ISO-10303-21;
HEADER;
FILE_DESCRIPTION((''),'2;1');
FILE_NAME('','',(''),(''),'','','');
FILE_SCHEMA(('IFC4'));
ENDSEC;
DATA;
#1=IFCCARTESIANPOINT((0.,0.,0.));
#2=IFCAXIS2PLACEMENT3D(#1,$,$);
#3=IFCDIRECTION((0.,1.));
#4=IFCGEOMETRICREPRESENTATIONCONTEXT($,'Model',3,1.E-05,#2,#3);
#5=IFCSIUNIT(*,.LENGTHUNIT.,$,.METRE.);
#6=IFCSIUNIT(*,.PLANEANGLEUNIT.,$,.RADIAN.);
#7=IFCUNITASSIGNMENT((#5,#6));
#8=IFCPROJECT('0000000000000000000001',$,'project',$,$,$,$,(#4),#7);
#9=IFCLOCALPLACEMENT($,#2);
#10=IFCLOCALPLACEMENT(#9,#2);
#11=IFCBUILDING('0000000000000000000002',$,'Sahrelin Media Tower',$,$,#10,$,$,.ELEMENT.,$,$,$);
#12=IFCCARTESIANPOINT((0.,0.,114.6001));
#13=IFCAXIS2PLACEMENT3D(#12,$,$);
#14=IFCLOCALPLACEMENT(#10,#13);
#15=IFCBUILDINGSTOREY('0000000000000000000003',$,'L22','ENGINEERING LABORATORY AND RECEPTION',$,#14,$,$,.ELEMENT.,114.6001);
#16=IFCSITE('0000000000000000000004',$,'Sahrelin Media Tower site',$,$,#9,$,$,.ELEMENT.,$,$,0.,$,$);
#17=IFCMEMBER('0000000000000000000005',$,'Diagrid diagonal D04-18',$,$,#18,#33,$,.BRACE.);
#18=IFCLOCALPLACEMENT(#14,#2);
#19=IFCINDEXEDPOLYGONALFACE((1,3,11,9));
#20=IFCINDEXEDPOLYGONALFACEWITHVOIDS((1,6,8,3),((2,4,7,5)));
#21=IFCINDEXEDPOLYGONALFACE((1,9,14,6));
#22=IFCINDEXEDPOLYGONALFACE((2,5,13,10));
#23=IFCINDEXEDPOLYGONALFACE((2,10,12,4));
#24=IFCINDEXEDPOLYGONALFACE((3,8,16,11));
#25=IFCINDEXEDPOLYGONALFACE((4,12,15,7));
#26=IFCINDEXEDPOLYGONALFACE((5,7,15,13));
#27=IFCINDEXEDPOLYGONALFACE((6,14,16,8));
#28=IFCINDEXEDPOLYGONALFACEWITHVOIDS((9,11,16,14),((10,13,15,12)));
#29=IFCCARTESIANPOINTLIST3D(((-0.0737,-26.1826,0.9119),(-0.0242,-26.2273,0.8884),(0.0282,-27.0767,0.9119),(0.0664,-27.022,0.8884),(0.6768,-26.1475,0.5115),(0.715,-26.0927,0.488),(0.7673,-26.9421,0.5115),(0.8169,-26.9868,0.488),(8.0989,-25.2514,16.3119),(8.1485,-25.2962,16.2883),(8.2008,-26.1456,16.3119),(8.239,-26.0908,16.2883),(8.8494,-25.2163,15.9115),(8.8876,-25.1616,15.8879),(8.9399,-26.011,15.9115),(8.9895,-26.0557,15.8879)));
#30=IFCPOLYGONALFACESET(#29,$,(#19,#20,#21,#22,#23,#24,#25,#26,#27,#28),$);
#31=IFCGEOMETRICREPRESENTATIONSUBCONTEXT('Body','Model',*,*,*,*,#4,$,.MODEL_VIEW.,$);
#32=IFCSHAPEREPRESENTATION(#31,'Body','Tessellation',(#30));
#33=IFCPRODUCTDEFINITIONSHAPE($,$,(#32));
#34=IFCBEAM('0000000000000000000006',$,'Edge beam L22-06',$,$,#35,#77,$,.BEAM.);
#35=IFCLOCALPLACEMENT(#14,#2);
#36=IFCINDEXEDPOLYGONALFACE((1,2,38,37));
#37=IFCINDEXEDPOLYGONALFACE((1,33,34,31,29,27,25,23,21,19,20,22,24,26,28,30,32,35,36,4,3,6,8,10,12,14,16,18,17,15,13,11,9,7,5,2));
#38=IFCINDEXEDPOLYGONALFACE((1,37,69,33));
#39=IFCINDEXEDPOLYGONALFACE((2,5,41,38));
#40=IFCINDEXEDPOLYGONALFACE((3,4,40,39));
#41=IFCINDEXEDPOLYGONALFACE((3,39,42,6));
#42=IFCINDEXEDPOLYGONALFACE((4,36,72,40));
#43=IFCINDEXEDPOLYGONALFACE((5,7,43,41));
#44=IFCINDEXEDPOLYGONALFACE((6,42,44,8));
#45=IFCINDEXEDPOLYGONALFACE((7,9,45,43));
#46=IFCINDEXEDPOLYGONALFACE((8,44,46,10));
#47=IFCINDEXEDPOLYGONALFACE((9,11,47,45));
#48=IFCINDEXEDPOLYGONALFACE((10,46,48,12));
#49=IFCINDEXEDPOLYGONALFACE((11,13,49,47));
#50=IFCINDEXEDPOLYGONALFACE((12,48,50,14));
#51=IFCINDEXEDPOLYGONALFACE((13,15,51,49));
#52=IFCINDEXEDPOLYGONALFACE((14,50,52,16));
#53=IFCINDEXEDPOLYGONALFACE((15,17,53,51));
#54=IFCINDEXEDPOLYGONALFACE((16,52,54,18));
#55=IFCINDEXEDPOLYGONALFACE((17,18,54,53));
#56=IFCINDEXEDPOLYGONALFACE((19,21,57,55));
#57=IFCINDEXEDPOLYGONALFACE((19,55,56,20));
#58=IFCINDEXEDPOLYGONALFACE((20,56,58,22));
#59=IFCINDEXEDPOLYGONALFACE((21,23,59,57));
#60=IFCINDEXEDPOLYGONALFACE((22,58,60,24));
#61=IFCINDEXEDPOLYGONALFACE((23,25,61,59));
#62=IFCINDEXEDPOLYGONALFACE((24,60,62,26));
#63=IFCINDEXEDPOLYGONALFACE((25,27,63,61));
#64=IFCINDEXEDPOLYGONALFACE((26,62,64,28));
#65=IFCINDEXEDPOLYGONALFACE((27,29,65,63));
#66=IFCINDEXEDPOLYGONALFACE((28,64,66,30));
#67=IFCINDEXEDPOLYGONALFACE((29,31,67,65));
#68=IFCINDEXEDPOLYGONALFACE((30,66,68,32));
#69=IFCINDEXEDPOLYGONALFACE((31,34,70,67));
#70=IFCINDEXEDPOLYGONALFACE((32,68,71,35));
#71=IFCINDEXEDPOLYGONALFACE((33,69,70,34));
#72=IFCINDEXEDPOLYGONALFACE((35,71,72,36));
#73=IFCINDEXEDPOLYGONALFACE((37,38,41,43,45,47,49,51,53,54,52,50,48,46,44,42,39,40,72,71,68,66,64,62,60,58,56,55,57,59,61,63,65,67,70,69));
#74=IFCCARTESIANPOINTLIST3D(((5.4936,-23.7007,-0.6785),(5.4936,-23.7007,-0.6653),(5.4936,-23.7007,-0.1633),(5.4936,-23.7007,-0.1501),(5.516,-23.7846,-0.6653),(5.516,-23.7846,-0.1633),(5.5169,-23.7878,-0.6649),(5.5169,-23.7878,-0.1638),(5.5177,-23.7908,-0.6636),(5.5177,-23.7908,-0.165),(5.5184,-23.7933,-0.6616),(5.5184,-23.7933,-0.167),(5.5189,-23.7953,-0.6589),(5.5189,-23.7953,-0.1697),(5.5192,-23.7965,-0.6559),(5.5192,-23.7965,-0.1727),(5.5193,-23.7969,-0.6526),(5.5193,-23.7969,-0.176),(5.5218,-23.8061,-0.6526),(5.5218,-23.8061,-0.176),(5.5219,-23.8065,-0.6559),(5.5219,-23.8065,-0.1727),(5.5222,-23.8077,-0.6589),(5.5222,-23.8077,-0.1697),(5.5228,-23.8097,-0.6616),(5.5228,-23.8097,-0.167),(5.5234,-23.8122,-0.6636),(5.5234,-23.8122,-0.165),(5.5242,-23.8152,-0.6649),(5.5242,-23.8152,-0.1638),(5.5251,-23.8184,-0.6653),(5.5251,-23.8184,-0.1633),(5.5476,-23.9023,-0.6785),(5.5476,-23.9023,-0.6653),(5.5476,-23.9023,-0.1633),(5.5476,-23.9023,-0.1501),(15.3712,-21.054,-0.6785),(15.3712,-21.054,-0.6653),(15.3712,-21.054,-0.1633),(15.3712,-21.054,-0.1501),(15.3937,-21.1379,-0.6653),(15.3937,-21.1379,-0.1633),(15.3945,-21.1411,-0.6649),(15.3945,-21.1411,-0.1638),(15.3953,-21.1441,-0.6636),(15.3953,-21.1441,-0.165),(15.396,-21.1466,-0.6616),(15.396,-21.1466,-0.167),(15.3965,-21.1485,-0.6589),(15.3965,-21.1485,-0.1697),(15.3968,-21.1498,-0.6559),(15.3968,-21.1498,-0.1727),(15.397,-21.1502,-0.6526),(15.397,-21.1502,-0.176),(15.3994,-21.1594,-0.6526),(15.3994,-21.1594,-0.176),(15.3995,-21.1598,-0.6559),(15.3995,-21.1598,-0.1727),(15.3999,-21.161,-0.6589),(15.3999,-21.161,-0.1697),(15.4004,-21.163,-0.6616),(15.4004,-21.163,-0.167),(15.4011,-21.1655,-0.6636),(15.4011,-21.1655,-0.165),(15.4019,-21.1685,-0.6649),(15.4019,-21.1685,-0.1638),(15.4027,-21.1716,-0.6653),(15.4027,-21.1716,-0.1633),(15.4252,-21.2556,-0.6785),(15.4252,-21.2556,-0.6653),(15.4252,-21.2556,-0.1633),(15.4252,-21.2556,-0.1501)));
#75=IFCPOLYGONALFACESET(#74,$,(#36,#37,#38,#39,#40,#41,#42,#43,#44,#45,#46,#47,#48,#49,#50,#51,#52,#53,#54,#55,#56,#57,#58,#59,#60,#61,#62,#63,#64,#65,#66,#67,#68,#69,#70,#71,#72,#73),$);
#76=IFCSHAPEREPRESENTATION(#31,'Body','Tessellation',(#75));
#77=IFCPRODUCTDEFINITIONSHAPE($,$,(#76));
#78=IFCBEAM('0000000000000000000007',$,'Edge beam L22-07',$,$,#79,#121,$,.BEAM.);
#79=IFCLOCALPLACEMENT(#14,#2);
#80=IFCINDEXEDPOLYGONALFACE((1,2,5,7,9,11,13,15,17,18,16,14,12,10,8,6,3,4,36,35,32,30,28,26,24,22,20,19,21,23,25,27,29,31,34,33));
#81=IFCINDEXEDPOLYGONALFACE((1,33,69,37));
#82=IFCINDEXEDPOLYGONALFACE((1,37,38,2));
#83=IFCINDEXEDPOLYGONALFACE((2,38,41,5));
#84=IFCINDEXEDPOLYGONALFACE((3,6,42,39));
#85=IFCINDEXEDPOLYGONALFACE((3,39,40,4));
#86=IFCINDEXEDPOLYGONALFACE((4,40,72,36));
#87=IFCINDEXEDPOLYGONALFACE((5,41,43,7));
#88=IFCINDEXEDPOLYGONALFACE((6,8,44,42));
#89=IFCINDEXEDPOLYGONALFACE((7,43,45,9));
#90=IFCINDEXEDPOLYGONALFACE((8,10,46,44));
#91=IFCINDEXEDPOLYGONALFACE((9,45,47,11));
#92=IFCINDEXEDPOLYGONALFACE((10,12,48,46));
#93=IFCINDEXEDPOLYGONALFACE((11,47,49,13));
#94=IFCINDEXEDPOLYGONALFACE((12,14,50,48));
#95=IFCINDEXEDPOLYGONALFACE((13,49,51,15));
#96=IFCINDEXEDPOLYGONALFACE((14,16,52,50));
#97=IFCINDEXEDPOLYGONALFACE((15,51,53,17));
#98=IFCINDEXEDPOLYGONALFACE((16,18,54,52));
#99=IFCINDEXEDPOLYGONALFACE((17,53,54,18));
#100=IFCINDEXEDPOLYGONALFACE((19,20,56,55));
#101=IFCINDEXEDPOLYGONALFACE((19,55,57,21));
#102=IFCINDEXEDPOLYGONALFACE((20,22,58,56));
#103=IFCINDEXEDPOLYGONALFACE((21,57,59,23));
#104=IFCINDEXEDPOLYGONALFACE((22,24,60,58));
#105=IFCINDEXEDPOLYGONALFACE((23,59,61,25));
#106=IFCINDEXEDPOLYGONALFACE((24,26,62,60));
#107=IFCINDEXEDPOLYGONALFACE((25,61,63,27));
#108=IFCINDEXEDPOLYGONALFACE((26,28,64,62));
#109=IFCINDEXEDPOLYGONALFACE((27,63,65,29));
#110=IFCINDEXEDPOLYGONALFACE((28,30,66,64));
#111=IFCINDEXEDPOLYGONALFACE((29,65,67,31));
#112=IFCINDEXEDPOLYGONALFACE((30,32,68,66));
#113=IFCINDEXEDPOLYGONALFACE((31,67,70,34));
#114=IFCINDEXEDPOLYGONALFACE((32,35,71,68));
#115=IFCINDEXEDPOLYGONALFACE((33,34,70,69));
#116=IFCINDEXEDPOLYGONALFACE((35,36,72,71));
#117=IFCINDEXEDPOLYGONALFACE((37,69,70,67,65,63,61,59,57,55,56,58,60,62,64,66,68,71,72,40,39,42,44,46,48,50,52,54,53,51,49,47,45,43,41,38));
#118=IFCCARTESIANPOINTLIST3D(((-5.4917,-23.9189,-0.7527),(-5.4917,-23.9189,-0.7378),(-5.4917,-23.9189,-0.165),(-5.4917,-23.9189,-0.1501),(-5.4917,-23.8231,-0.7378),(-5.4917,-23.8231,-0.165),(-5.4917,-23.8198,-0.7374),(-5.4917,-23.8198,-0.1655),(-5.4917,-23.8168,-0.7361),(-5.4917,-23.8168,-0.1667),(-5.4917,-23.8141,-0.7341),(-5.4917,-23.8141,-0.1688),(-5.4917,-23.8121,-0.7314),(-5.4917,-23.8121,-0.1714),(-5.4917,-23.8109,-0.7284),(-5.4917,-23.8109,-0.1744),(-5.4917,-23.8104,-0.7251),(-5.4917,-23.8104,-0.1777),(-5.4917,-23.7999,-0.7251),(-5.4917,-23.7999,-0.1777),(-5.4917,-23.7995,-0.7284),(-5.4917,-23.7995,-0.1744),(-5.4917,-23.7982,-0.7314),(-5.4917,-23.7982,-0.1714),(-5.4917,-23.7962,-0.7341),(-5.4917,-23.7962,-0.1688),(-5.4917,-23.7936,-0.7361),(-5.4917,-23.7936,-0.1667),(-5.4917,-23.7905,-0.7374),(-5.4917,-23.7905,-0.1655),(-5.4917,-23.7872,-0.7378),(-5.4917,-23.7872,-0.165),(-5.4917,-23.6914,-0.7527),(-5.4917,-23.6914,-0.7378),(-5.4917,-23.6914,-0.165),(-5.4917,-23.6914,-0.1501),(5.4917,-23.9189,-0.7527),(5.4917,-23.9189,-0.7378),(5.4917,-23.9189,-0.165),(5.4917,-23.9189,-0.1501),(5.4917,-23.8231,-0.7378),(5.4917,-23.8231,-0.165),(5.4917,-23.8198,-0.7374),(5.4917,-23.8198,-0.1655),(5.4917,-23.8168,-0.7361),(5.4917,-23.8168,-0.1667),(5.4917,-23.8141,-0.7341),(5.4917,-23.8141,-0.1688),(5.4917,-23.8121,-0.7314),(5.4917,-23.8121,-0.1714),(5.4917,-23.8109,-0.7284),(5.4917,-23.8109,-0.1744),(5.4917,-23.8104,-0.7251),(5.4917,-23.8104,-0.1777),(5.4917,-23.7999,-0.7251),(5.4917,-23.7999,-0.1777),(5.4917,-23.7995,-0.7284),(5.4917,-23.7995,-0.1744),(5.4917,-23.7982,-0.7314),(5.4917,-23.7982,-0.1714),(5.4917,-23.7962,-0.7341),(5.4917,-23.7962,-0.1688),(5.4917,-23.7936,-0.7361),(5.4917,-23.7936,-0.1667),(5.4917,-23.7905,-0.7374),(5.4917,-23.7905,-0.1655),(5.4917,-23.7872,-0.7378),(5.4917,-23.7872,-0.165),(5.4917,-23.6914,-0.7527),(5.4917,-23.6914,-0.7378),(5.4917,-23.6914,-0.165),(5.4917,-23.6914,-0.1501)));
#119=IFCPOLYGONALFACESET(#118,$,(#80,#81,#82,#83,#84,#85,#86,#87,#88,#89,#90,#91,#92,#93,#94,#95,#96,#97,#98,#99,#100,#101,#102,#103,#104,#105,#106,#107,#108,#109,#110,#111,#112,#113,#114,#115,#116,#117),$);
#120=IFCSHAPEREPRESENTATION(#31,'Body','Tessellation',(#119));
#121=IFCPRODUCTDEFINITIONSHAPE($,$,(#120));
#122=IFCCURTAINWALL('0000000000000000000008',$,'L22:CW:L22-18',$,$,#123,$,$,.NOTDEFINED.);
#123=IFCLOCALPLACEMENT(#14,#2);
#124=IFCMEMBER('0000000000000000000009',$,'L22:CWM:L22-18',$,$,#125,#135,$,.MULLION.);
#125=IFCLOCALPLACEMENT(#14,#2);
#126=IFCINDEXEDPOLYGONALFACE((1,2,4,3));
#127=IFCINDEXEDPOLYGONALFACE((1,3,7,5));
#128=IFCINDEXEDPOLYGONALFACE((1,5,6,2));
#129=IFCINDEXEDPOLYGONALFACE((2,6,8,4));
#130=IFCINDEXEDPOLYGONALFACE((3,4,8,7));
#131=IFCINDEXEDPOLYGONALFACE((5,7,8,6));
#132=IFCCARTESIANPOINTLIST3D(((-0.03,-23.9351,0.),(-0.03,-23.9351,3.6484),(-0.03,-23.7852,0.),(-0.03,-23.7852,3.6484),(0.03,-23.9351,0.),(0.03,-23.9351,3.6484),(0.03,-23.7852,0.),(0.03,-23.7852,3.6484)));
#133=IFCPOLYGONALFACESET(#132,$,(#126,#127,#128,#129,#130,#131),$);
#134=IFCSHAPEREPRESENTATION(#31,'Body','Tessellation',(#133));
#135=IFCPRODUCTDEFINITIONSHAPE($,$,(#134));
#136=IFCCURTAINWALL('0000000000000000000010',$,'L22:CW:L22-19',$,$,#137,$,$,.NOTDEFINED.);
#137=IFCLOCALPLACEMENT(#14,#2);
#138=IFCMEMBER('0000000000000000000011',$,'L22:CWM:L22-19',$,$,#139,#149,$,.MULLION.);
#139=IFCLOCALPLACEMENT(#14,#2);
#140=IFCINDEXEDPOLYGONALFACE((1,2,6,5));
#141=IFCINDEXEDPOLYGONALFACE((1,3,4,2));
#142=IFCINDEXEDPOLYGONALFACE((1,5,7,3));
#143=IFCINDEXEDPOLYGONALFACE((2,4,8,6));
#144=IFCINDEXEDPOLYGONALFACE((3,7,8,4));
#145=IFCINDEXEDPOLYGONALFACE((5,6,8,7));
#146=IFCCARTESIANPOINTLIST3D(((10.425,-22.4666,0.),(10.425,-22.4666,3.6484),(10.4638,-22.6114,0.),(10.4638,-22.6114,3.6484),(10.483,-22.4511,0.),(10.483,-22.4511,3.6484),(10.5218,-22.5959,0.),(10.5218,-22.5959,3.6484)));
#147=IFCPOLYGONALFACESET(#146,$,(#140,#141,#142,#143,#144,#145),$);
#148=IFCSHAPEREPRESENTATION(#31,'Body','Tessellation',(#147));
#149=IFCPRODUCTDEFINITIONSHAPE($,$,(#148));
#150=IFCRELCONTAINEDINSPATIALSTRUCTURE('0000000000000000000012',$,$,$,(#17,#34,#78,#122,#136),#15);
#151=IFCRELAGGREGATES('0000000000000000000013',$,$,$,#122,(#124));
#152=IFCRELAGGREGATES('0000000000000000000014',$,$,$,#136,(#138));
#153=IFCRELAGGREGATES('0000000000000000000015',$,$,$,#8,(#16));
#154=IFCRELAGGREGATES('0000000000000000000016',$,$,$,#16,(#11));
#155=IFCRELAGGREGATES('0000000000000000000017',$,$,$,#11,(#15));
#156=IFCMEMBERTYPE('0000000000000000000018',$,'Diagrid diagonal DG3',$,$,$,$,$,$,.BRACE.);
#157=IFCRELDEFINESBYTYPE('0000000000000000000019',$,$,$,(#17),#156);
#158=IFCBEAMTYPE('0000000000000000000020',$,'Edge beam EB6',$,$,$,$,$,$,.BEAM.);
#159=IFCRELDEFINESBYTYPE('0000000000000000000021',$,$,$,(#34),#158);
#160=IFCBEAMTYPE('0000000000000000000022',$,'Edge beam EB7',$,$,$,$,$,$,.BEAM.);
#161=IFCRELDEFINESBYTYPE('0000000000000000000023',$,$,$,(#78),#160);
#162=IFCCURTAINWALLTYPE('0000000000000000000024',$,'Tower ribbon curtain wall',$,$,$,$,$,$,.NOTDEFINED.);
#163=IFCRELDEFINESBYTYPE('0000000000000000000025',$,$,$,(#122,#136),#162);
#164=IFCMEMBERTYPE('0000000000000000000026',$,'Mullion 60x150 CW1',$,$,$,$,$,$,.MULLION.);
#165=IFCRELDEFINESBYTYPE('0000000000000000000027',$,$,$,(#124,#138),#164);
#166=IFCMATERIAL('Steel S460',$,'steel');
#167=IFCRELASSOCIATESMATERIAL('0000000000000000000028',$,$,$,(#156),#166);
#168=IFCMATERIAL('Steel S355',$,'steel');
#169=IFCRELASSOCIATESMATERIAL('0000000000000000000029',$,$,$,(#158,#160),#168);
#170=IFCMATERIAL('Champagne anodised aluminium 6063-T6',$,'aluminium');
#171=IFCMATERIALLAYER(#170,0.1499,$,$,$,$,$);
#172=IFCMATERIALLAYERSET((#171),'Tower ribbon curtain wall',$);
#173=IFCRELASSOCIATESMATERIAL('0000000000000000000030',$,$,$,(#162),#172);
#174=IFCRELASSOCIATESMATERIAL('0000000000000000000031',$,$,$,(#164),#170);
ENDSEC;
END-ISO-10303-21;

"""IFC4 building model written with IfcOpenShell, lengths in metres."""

from ifc_helpers import new_model, si_unit, direction, frame, origin, origin_2d, place, context, subcontext, project, spatial, rectangle, hollow_rectangle, i_section, extrude, material, layer, layer_set, material_profile, profile_set, type_object, element, aggregate, save


model = new_model("IFC4")

# Units and contexts
model_context = context("Model", 3, precision=1e-05, world=origin(), true_north=direction((0.0, 1.0)))
body_context = subcontext(model_context, "Body", "Model", "MODEL_VIEW")
ifc_project = project(units=[si_unit("LENGTHUNIT", "METRE"), si_unit("PLANEANGLEUNIT", "RADIAN")], contexts=[model_context])

# Site, building, storey
site_placement = place(None, origin())
site = spatial("IfcSite", under=ifc_project, at=site_placement, Name="Sahrelin Media Tower site", CompositionType="ELEMENT", RefElevation=0.0)
building_placement = place(site_placement, origin())
building = spatial("IfcBuilding", under=site, at=building_placement, Name="Sahrelin Media Tower", CompositionType="ELEMENT")
storey_placement = place(building_placement, frame((0.0, 0.0, 114.6001)))
storey = spatial("IfcBuildingStorey", under=building, at=storey_placement, Name="L22", Description="ENGINEERING LABORATORY AND RECEPTION", CompositionType="ELEMENT", Elevation=114.6001)

# Member
ifc_material_1 = material(Name="Steel S460", Category="steel")
ifc_material_profile_1 = material_profile(ifc_material_1, hollow_rectangle(XDim=0.8999, YDim=0.8999, WallThickness=0.05, at=origin_2d()), Name="Diagrid diagonal DG3")
ifc_profile_set_1 = profile_set([ifc_material_profile_1], Name="Steel S460")
member_type_1 = type_object("IfcMemberType", Name="Diagrid diagonal DG3", PredefinedType="BRACE", material=ifc_profile_set_1)
member_1_placement = place(storey_placement, frame((0.3716, -26.5847, 0.7), z_axis=(0.468104, 0.053334, 0.882063), x_axis=(-0.113203, 0.993572, 0.0)))
element("IfcMember", 1, at=member_1_placement, inside=storey, type_object=member_type_1, Name="Diagrid diagonal D04-18", PredefinedType="BRACE", context=body_context, shape_type="SweptSolid", body=[
    extrude(hollow_rectangle(XDim=0.8999, YDim=0.8999, WallThickness=0.05, at=origin_2d()), origin(), (0.0, 0.0, 1.0), 17.459),
])

# Beams
ifc_material_2 = material(Name="Steel S355", Category="steel")
ifc_material_profile_2 = material_profile(ifc_material_2, i_section(OverallWidth=0.2087, OverallDepth=0.5283, WebThickness=0.0095, FlangeThickness=0.0132, FilletRadius=0.0127, at=origin_2d()), Name="UB 533x210x82")
ifc_profile_set_2 = profile_set([ifc_material_profile_2], Name="Steel S355")
beam_type_1 = type_object("IfcBeamType", Name="Edge beam EB6", PredefinedType="BEAM", material=ifc_profile_set_2)
beam_1_placement = place(storey_placement, frame((15.3982, -21.1548, -0.4143), z_axis=(-0.965926, -0.25882, 0.0), x_axis=(0.25882, -0.965926, 0.0)))
element("IfcBeam", 2, at=beam_1_placement, inside=storey, type_object=beam_type_1, Name="Edge beam L22-06", PredefinedType="BEAM", context=body_context, shape_type="SweptSolid", body=[
    extrude(i_section(OverallWidth=0.2087, OverallDepth=0.5283, WebThickness=0.0095, FlangeThickness=0.0132, FilletRadius=0.0127, at=origin_2d()), origin(), (0.0, 0.0, 1.0), 10.2261),
])
ifc_material_profile_3 = material_profile(ifc_material_2, i_section(OverallWidth=0.2275, OverallDepth=0.6025, WebThickness=0.0105, FlangeThickness=0.0149, FilletRadius=0.0127, at=origin_2d()), Name="UB 610x229x101")
ifc_profile_set_3 = profile_set([ifc_material_profile_3], Name="Steel S355")
beam_type_2 = type_object("IfcBeamType", Name="Edge beam EB7", PredefinedType="BEAM", material=ifc_profile_set_3)
beam_2_placement = place(storey_placement, frame((5.4917, -23.8052, -0.4514), z_axis=(-1.0, 0.0, 0.0), x_axis=(0.0, -1.0, 0.0)))
element("IfcBeam", 3, at=beam_2_placement, inside=storey, type_object=beam_type_2, Name="Edge beam L22-07", PredefinedType="BEAM", context=body_context, shape_type="SweptSolid", body=[
    extrude(i_section(OverallWidth=0.2275, OverallDepth=0.6025, WebThickness=0.0105, FlangeThickness=0.0149, FilletRadius=0.0127, at=origin_2d()), origin(), (0.0, 0.0, 1.0), 10.9834),
])

# Curtain walls, members
ifc_material_3 = material(Name="Champagne anodised aluminium 6063-T6", Category="aluminium")
ifc_layer_1 = layer(ifc_material_3, 0.1499)
ifc_layer_set_1 = layer_set([ifc_layer_1], Name="Tower ribbon curtain wall")
curtain_wall_type = type_object("IfcCurtainWallType", Name="Tower ribbon curtain wall", PredefinedType="NOTDEFINED", material=ifc_layer_set_1)
curtain_wall_1_placement = place(storey_placement, frame((0.0, -23.9551, 0.0), z_axis=(0.0, 0.0, 1.0), x_axis=(1.0, 0.0, 0.0)))
curtain_wall_1 = element("IfcCurtainWall", 4, at=curtain_wall_1_placement, inside=storey, type_object=curtain_wall_type, Name="L22:CW:L22-18", PredefinedType="NOTDEFINED")
ifc_material_profile_4 = material_profile(ifc_material_3, rectangle(XDim=0.0601, YDim=0.1499, at=origin_2d()), Name="Mullion 60x150")
ifc_profile_set_4 = profile_set([ifc_material_profile_4], Name="Champagne anodised aluminium 6063-T6")
member_type_2 = type_object("IfcMemberType", Name="Mullion 60x150 CW1", PredefinedType="MULLION", material=ifc_profile_set_4)
member_2_placement = place(storey_placement, frame((0.0, -23.8601, 0.0), z_axis=(0.0, 0.0, 1.0), x_axis=(1.0, 0.0, 0.0)))
member_2 = element("IfcMember", 5, at=member_2_placement, type_object=member_type_2, Name="L22:CWM:L22-18", PredefinedType="MULLION", context=body_context, shape_type="SweptSolid", body=[
    extrude(rectangle(XDim=0.0601, YDim=0.1499, at=origin_2d()), origin(), (0.0, 0.0, 1.0), 3.6484),
])
aggregate(curtain_wall_1, [member_2])
curtain_wall_2_placement = place(storey_placement, frame((10.498, -22.6228, 0.0), z_axis=(0.0, 0.0, 1.0), x_axis=(1.0, 0.0, 0.0)))
curtain_wall_2 = element("IfcCurtainWall", 6, at=curtain_wall_2_placement, inside=storey, type_object=curtain_wall_type, Name="L22:CW:L22-19", PredefinedType="NOTDEFINED")
member_3_placement = place(storey_placement, frame((10.4734, -22.5312, 0.0), z_axis=(0.0, 0.0, 1.0), x_axis=(0.965925, 0.258821, 0.0)))
member_3 = element("IfcMember", 7, at=member_3_placement, type_object=member_type_2, Name="L22:CWM:L22-19", PredefinedType="MULLION", context=body_context, shape_type="SweptSolid", body=[
    extrude(rectangle(XDim=0.0601, YDim=0.1499, at=origin_2d()), origin(), (0.0, 0.0, 1.0), 3.6484),
])

aggregate(curtain_wall_2, [member_3])

save(model, "model.ifc")
